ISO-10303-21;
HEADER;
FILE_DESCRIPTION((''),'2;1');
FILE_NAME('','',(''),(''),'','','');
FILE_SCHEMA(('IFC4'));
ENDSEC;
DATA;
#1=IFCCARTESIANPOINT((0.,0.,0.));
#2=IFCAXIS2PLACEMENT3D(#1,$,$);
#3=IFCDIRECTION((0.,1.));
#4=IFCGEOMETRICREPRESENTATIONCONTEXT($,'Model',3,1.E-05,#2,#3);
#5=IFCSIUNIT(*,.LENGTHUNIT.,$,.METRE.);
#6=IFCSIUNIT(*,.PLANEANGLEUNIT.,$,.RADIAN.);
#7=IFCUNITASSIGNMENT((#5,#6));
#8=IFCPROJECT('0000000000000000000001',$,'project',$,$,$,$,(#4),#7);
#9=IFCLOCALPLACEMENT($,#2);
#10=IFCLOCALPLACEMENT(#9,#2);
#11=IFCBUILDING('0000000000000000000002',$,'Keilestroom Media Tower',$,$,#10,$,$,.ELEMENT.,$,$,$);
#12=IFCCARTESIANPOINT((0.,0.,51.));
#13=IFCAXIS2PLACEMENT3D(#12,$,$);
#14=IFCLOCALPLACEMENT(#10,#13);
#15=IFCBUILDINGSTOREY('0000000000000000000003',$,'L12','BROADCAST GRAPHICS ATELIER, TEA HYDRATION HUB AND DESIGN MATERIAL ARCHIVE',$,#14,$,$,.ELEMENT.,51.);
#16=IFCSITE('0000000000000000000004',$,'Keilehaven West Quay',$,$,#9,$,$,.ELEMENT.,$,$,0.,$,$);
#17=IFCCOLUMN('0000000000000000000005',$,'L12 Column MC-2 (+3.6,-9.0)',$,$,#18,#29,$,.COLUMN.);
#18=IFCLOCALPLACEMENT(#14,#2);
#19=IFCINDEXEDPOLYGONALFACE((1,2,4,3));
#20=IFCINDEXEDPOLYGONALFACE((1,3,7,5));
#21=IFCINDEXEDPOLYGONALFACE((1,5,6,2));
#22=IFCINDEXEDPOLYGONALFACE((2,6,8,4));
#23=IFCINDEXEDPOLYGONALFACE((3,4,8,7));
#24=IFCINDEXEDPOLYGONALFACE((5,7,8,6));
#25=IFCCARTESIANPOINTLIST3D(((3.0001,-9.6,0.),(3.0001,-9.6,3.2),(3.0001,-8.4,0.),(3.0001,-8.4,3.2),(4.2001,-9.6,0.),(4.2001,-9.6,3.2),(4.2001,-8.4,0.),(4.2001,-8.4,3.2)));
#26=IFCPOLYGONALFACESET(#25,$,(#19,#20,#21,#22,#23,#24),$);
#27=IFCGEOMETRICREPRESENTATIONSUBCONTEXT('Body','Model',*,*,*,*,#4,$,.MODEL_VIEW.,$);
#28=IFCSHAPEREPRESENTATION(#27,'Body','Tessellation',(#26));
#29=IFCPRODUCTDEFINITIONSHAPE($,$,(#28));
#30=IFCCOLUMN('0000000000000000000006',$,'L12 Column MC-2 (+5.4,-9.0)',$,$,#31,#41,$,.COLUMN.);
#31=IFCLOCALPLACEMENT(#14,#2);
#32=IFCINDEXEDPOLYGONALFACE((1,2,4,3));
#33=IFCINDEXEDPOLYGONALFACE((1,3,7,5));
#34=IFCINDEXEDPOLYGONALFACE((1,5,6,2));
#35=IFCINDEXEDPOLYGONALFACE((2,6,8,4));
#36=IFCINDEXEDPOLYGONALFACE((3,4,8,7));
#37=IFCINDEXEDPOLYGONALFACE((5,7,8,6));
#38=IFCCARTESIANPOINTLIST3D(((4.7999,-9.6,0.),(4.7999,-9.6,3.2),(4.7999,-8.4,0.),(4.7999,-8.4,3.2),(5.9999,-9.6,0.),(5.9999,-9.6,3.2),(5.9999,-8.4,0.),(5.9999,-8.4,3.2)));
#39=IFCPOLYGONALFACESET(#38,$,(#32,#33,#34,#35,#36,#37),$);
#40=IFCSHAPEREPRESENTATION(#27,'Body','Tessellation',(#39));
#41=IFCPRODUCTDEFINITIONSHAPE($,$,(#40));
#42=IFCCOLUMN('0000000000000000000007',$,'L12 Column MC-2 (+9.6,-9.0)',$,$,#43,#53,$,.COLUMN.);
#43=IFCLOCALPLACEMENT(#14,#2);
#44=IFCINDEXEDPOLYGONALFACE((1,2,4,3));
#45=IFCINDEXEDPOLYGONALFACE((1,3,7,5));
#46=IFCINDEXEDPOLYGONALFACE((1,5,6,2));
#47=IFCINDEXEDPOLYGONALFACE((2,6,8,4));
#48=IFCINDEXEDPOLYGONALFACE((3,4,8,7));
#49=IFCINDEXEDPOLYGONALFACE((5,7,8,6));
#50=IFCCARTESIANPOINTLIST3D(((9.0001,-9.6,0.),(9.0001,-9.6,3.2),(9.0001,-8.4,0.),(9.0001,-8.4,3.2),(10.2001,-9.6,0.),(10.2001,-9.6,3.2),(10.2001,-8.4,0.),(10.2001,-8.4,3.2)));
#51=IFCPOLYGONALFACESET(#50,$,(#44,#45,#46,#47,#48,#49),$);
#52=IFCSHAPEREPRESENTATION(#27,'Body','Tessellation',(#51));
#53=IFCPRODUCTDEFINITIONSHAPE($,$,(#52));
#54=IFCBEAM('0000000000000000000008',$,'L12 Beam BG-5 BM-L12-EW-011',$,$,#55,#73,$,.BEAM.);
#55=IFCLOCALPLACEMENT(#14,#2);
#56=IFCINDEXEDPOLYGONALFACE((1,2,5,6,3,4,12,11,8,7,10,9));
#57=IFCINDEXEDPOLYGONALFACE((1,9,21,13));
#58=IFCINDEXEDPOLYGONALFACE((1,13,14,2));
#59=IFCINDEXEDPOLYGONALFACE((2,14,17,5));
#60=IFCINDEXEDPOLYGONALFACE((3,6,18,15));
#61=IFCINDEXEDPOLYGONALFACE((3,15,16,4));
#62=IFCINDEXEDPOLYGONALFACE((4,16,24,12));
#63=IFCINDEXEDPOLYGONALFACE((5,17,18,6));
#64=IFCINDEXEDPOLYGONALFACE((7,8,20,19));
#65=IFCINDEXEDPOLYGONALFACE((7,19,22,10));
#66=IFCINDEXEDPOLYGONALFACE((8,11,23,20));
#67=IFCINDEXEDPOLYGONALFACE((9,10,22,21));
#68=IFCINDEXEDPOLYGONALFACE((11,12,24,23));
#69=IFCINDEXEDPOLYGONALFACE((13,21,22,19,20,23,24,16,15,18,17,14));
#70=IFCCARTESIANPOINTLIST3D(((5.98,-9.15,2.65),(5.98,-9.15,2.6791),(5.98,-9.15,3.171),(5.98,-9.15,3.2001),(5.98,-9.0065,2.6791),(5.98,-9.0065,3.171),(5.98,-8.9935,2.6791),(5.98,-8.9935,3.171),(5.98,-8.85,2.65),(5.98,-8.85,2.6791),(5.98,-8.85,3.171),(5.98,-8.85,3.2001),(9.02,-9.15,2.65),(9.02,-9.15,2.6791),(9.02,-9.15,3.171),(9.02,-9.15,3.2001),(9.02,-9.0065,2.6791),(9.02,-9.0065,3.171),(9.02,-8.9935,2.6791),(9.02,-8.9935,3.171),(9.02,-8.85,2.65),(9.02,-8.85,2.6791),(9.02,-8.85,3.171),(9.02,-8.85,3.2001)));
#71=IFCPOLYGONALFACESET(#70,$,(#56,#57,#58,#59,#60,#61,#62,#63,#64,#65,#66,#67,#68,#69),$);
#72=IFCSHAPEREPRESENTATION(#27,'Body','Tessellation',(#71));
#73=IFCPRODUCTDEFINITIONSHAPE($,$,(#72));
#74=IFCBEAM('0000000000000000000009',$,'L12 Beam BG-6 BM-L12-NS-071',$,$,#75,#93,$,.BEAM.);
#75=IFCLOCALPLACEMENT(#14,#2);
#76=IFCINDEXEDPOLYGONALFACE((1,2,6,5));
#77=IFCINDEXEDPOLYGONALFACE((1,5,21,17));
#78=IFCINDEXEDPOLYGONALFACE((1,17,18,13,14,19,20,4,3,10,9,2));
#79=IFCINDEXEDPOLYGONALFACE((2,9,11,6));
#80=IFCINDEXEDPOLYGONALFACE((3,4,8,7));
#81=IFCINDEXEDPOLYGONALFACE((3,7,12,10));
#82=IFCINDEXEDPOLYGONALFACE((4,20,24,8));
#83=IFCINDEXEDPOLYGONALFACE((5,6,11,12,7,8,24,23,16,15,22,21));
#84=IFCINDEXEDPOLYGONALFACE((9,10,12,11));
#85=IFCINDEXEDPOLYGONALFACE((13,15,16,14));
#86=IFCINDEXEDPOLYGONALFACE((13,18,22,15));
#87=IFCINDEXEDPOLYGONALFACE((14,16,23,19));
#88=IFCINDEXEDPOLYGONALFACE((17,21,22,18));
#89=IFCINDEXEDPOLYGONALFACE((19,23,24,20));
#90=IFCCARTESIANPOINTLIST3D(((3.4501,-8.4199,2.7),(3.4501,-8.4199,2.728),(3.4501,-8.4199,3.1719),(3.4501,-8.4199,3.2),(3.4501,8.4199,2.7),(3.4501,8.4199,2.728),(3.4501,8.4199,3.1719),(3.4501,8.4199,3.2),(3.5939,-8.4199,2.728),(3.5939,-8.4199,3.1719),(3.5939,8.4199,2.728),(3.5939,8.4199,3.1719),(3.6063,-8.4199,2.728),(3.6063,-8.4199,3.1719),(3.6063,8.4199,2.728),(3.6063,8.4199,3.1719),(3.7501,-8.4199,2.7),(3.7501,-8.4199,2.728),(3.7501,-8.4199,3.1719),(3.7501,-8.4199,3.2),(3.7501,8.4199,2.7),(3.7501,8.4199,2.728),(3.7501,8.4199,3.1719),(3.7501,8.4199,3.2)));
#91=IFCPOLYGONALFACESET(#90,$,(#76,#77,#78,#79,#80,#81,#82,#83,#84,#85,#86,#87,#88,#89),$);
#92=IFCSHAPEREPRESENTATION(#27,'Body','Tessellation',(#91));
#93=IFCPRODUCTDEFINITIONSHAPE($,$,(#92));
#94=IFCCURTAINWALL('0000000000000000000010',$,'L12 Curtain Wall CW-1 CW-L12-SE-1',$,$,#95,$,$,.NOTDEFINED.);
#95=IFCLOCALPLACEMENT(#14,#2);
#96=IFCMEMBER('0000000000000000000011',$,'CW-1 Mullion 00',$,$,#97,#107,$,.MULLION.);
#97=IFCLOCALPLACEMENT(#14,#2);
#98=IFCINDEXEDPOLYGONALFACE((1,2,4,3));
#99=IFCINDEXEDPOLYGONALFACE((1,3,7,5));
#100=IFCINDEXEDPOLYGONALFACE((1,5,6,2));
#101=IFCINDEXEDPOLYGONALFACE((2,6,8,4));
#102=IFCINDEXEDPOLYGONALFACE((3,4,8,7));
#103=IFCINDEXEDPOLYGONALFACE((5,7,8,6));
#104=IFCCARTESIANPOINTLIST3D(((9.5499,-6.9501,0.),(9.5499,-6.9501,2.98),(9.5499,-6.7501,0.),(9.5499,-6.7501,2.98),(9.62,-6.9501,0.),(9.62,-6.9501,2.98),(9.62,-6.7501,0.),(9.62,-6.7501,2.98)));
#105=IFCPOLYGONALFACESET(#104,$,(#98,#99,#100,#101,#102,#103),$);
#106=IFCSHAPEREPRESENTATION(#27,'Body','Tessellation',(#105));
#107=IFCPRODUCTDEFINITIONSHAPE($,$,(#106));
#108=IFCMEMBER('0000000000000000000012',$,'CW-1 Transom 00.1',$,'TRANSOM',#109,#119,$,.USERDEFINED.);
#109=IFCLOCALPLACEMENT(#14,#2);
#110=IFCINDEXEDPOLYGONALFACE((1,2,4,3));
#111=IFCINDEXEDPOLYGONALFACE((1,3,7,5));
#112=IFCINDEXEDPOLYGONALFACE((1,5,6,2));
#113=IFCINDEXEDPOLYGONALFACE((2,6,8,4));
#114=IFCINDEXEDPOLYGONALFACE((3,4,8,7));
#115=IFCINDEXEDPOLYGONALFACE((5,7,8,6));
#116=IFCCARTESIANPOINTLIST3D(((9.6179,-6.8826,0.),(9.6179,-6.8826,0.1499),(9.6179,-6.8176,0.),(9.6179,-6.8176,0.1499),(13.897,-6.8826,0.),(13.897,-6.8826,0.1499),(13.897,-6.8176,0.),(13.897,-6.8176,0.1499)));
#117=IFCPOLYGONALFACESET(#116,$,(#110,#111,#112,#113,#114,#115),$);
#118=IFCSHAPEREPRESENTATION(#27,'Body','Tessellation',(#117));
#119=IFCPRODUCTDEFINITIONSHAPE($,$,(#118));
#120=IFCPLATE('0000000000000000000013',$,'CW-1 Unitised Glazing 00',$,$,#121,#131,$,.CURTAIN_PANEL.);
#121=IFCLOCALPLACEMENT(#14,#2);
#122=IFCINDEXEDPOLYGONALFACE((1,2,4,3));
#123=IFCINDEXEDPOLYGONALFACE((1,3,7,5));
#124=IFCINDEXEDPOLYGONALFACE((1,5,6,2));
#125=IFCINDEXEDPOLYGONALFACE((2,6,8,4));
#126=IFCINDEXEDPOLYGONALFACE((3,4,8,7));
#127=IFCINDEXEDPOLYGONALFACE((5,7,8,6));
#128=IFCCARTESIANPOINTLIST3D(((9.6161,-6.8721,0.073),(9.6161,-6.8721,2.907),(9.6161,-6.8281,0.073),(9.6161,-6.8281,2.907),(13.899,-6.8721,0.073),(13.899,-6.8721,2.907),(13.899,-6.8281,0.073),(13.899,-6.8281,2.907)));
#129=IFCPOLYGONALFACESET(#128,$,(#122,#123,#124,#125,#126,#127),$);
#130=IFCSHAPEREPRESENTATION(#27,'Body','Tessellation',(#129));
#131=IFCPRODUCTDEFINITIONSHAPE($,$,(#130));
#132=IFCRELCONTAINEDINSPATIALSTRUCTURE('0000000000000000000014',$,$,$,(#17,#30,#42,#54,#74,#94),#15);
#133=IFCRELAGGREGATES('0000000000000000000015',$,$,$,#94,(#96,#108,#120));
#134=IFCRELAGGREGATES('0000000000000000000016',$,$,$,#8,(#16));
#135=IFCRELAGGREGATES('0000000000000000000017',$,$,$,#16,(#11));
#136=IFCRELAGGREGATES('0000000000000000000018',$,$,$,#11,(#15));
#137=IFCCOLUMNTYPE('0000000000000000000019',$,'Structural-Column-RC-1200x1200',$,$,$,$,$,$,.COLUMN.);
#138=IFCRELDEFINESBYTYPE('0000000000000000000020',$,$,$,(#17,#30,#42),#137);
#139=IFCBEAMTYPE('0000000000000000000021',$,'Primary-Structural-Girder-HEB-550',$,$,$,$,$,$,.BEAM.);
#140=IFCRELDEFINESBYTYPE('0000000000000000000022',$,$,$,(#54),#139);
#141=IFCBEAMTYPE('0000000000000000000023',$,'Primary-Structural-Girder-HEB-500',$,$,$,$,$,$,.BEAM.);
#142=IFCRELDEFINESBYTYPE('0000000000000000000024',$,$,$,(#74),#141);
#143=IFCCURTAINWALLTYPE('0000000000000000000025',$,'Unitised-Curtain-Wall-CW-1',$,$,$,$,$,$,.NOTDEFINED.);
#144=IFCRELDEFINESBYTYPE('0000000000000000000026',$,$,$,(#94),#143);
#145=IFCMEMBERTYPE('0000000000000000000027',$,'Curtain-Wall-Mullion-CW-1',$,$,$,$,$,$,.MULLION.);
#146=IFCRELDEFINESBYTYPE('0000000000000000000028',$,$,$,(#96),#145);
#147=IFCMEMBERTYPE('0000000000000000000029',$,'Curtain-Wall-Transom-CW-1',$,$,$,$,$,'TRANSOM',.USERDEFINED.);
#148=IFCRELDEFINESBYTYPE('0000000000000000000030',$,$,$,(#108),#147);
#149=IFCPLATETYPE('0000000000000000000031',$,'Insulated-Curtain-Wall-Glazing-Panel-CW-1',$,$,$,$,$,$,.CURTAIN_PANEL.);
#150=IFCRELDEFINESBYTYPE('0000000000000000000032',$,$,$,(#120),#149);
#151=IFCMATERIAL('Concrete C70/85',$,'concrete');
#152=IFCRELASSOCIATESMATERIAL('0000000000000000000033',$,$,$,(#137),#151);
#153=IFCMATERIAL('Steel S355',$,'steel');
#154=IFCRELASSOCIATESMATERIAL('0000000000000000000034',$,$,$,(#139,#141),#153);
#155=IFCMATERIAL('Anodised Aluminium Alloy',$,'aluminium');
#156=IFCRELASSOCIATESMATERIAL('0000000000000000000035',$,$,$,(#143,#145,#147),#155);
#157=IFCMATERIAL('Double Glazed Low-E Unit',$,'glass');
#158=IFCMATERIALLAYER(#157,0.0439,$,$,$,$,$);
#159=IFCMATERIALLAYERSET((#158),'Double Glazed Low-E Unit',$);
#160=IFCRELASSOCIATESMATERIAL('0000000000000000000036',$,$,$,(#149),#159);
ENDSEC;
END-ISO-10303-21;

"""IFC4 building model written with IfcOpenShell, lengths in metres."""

from ifc_helpers import new_model, si_unit, direction, frame, origin, origin_2d, place, context, subcontext, project, spatial, rectangle, i_section, extrude, source, transform, mapped, material, layer, layer_set, material_profile, profile_set, type_object, element, aggregate, save


model = new_model("IFC4")

# Units and contexts
model_context = context("Model", 3, precision=1e-05, world=origin(), true_north=direction((0.0, 1.0)))
body_context = subcontext(model_context, "Body", "Model", "MODEL_VIEW")
ifc_project = project(units=[si_unit("LENGTHUNIT", "METRE"), si_unit("PLANEANGLEUNIT", "RADIAN")], contexts=[model_context])

# Site, building, storey
site_placement = place(None, origin())
site = spatial("IfcSite", under=ifc_project, at=site_placement, Name="Keilehaven West Quay", CompositionType="ELEMENT", RefElevation=0.0)
building_placement = place(site_placement, origin())
building = spatial("IfcBuilding", under=site, at=building_placement, Name="Keilestroom Media Tower", CompositionType="ELEMENT")
storey_placement = place(building_placement, frame((0.0, 0.0, 51.0)))
storey = spatial("IfcBuildingStorey", under=building, at=storey_placement, Name="L12", Description="BROADCAST GRAPHICS ATELIER, TEA HYDRATION HUB AND DESIGN MATERIAL ARCHIVE", CompositionType="ELEMENT", Elevation=51.0)

# Columns
ifc_material_1 = material(Name="Concrete C70/85", Category="concrete")
ifc_material_profile_1 = material_profile(ifc_material_1, rectangle(XDim=1.2, YDim=1.2, at=origin_2d()), Name="RC 1200x1200")
ifc_profile_set_1 = profile_set([ifc_material_profile_1], Name="Concrete C70/85")
column_type = type_object("IfcColumnType", Name="Structural-Column-RC-1200x1200", PredefinedType="COLUMN", material=ifc_profile_set_1)
shared_shape_1 = source(origin(), body_context, "Body", "SweptSolid", [
    extrude(rectangle(XDim=1.2, YDim=1.2, at=origin_2d()), origin(), (0.0, 0.0, 1.0), 3.2),
])
for number, where, z_axis, x_axis, name in (
    (1, (3.6001, -9.0, 0.0), (0.0, 0.0, 1.0), (1.0, 0.0, 0.0), "L12 Column MC-2 (+3.6,-9.0)"),
    (2, (5.3999, -9.0, 0.0), (0.0, 0.0, 1.0), (1.0, 0.0, 0.0), "L12 Column MC-2 (+5.4,-9.0)"),
    (3, (9.6001, -9.0, 0.0), (0.0, 0.0, 1.0), (1.0, 0.0, 0.0), "L12 Column MC-2 (+9.6,-9.0)"),
):
    element("IfcColumn", number, at=place(storey_placement, frame(where, z_axis=z_axis, x_axis=x_axis)), inside=storey, type_object=column_type, Name=name, PredefinedType="COLUMN", context=body_context, shape_type="MappedRepresentation", body=[
        mapped(shared_shape_1, transform((0.0, 0.0, 0.0), x_axis=(1.0, 0.0, 0.0), y_axis=(0.0, 1.0, 0.0), z_axis=(0.0, 0.0, 1.0), scale=1.0)),
    ])

# Beams
ifc_material_2 = material(Name="Steel S355", Category="steel")
ifc_material_profile_2 = material_profile(ifc_material_2, i_section(OverallWidth=0.3, OverallDepth=0.55, WebThickness=0.0129, FlangeThickness=0.0291, at=origin_2d()), Name="HEB 550")
ifc_profile_set_2 = profile_set([ifc_material_profile_2], Name="Steel S355")
beam_type_1 = type_object("IfcBeamType", Name="Primary-Structural-Girder-HEB-550", PredefinedType="BEAM", material=ifc_profile_set_2)
shared_shape_2 = source(origin(), body_context, "Body", "SweptSolid", [
    extrude(i_section(OverallWidth=0.3, OverallDepth=0.55, WebThickness=0.0129, FlangeThickness=0.0291, at=origin_2d()), origin(), (0.0, 0.0, 1.0), 3.04),
])
beam_1_placement = place(storey_placement, frame((5.98, -9.0, 2.925), z_axis=(1.0, 0.0, 0.0), x_axis=(0.0, 1.0, 0.0)))
element("IfcBeam", 4, at=beam_1_placement, inside=storey, type_object=beam_type_1, Name="L12 Beam BG-5 BM-L12-EW-011", PredefinedType="BEAM", context=body_context, shape_type="MappedRepresentation", body=[
    mapped(shared_shape_2, transform((0.0, 0.0, 0.0), x_axis=(1.0, 0.0, 0.0), y_axis=(0.0, 1.0, 0.0), z_axis=(0.0, 0.0, 1.0), scale=1.0)),
])
ifc_material_profile_3 = material_profile(ifc_material_2, i_section(OverallWidth=0.3, OverallDepth=0.5, WebThickness=0.0125, FlangeThickness=0.0281, at=origin_2d()), Name="HEB 500")
ifc_profile_set_3 = profile_set([ifc_material_profile_3], Name="Steel S355")
beam_type_2 = type_object("IfcBeamType", Name="Primary-Structural-Girder-HEB-500", PredefinedType="BEAM", material=ifc_profile_set_3)
shared_shape_3 = source(origin(), body_context, "Body", "SweptSolid", [
    extrude(i_section(OverallWidth=0.3, OverallDepth=0.5, WebThickness=0.0125, FlangeThickness=0.0281, at=origin_2d()), origin(), (0.0, 0.0, 1.0), 16.8398),
])
beam_2_placement = place(storey_placement, frame((3.6001, -8.4199, 2.95), z_axis=(0.0, 1.0, 0.0), x_axis=(-1.0, 0.0, 0.0)))
element("IfcBeam", 5, at=beam_2_placement, inside=storey, type_object=beam_type_2, Name="L12 Beam BG-6 BM-L12-NS-071", PredefinedType="BEAM", context=body_context, shape_type="MappedRepresentation", body=[
    mapped(shared_shape_3, transform((0.0, 0.0, 0.0), x_axis=(1.0, 0.0, 0.0), y_axis=(0.0, 1.0, 0.0), z_axis=(0.0, 0.0, 1.0), scale=1.0)),
])

# Curtain wall, members, plate
ifc_material_3 = material(Name="Anodised Aluminium Alloy", Category="aluminium")
curtain_wall_type = type_object("IfcCurtainWallType", Name="Unitised-Curtain-Wall-CW-1", PredefinedType="NOTDEFINED", material=ifc_material_3)
curtain_wall_placement = place(storey_placement, origin())
curtain_wall = element("IfcCurtainWall", 6, at=curtain_wall_placement, inside=storey, type_object=curtain_wall_type, Name="L12 Curtain Wall CW-1 CW-L12-SE-1", PredefinedType="NOTDEFINED")
ifc_material_profile_4 = material_profile(ifc_material_3, rectangle(XDim=0.0701, YDim=0.2, at=origin_2d()), Name="ALU MULLION 70x200")
ifc_profile_set_4 = profile_set([ifc_material_profile_4], Name="Anodised Aluminium Alloy")
member_type_1 = type_object("IfcMemberType", Name="Curtain-Wall-Mullion-CW-1", PredefinedType="MULLION", material=ifc_profile_set_4)
shared_shape_4 = source(origin(), body_context, "Body", "SweptSolid", [
    extrude(rectangle(XDim=0.0701, YDim=0.2, at=origin_2d()), origin(), (0.0, 0.0, 1.0), 2.98),
])
member_1_placement = place(storey_placement, frame((9.585, -6.8501, 0.0), z_axis=(0.0, 0.0, 1.0), x_axis=(1.0, 0.0, 0.0)))
member_1 = element("IfcMember", 7, at=member_1_placement, type_object=member_type_1, Name="CW-1 Mullion 00", PredefinedType="MULLION", context=body_context, shape_type="MappedRepresentation", body=[
    mapped(shared_shape_4, transform((0.0, 0.0, 0.0), x_axis=(1.0, 0.0, 0.0), y_axis=(0.0, 1.0, 0.0), z_axis=(0.0, 0.0, 1.0), scale=1.0)),
])
ifc_material_profile_5 = material_profile(ifc_material_3, rectangle(XDim=0.0649, YDim=0.1499, at=origin_2d()), Name="ALU TRANSOM 65x150")
ifc_profile_set_5 = profile_set([ifc_material_profile_5], Name="Anodised Aluminium Alloy")
member_type_2 = type_object("IfcMemberType", Name="Curtain-Wall-Transom-CW-1", ElementType="TRANSOM", PredefinedType="USERDEFINED", material=ifc_profile_set_5)
shared_shape_5 = source(origin(), body_context, "Body", "SweptSolid", [
    extrude(rectangle(XDim=0.0649, YDim=0.1499, at=origin_2d()), origin(), (0.0, 0.0, 1.0), 4.2791),
])
member_2_placement = place(storey_placement, frame((9.6179, -6.8501, 0.075), z_axis=(1.0, 0.0, 0.0), x_axis=(0.0, 1.0, 0.0)))
member_2 = element("IfcMember", 8, at=member_2_placement, type_object=member_type_2, Name="CW-1 Transom 00.1", ObjectType="TRANSOM", PredefinedType="USERDEFINED", context=body_context, shape_type="MappedRepresentation", body=[
    mapped(shared_shape_5, transform((0.0, 0.0, 0.0), x_axis=(1.0, 0.0, 0.0), y_axis=(0.0, 1.0, 0.0), z_axis=(0.0, 0.0, 1.0), scale=1.0)),
])
ifc_material_4 = material(Name="Double Glazed Low-E Unit", Category="glass")
ifc_layer_1 = layer(ifc_material_4, 0.0439)
ifc_layer_set_1 = layer_set([ifc_layer_1], Name="Double Glazed Low-E Unit")
plate_type = type_object("IfcPlateType", Name="Insulated-Curtain-Wall-Glazing-Panel-CW-1", PredefinedType="CURTAIN_PANEL", material=ifc_layer_set_1)
shared_shape_6 = source(origin(), body_context, "Body", "SweptSolid", [
    extrude(rectangle(XDim=4.283, YDim=0.0439, at=origin_2d()), origin(), (0.0, 0.0, 1.0), 2.834),
])
plate_placement = place(storey_placement, frame((11.7576, -6.8501, 0.073), z_axis=(0.0, 0.0, 1.0), x_axis=(1.0, 0.0, 0.0)))
plate = element("IfcPlate", 9, at=plate_placement, type_object=plate_type, Name="CW-1 Unitised Glazing 00", PredefinedType="CURTAIN_PANEL", context=body_context, shape_type="MappedRepresentation", body=[
    mapped(shared_shape_6, transform((0.0, 0.0, 0.0), x_axis=(1.0, 0.0, 0.0), y_axis=(0.0, 1.0, 0.0), z_axis=(0.0, 0.0, 1.0), scale=1.0)),
])
aggregate(curtain_wall, [member_1, member_2, plate])

save(model, "model.ifc")
